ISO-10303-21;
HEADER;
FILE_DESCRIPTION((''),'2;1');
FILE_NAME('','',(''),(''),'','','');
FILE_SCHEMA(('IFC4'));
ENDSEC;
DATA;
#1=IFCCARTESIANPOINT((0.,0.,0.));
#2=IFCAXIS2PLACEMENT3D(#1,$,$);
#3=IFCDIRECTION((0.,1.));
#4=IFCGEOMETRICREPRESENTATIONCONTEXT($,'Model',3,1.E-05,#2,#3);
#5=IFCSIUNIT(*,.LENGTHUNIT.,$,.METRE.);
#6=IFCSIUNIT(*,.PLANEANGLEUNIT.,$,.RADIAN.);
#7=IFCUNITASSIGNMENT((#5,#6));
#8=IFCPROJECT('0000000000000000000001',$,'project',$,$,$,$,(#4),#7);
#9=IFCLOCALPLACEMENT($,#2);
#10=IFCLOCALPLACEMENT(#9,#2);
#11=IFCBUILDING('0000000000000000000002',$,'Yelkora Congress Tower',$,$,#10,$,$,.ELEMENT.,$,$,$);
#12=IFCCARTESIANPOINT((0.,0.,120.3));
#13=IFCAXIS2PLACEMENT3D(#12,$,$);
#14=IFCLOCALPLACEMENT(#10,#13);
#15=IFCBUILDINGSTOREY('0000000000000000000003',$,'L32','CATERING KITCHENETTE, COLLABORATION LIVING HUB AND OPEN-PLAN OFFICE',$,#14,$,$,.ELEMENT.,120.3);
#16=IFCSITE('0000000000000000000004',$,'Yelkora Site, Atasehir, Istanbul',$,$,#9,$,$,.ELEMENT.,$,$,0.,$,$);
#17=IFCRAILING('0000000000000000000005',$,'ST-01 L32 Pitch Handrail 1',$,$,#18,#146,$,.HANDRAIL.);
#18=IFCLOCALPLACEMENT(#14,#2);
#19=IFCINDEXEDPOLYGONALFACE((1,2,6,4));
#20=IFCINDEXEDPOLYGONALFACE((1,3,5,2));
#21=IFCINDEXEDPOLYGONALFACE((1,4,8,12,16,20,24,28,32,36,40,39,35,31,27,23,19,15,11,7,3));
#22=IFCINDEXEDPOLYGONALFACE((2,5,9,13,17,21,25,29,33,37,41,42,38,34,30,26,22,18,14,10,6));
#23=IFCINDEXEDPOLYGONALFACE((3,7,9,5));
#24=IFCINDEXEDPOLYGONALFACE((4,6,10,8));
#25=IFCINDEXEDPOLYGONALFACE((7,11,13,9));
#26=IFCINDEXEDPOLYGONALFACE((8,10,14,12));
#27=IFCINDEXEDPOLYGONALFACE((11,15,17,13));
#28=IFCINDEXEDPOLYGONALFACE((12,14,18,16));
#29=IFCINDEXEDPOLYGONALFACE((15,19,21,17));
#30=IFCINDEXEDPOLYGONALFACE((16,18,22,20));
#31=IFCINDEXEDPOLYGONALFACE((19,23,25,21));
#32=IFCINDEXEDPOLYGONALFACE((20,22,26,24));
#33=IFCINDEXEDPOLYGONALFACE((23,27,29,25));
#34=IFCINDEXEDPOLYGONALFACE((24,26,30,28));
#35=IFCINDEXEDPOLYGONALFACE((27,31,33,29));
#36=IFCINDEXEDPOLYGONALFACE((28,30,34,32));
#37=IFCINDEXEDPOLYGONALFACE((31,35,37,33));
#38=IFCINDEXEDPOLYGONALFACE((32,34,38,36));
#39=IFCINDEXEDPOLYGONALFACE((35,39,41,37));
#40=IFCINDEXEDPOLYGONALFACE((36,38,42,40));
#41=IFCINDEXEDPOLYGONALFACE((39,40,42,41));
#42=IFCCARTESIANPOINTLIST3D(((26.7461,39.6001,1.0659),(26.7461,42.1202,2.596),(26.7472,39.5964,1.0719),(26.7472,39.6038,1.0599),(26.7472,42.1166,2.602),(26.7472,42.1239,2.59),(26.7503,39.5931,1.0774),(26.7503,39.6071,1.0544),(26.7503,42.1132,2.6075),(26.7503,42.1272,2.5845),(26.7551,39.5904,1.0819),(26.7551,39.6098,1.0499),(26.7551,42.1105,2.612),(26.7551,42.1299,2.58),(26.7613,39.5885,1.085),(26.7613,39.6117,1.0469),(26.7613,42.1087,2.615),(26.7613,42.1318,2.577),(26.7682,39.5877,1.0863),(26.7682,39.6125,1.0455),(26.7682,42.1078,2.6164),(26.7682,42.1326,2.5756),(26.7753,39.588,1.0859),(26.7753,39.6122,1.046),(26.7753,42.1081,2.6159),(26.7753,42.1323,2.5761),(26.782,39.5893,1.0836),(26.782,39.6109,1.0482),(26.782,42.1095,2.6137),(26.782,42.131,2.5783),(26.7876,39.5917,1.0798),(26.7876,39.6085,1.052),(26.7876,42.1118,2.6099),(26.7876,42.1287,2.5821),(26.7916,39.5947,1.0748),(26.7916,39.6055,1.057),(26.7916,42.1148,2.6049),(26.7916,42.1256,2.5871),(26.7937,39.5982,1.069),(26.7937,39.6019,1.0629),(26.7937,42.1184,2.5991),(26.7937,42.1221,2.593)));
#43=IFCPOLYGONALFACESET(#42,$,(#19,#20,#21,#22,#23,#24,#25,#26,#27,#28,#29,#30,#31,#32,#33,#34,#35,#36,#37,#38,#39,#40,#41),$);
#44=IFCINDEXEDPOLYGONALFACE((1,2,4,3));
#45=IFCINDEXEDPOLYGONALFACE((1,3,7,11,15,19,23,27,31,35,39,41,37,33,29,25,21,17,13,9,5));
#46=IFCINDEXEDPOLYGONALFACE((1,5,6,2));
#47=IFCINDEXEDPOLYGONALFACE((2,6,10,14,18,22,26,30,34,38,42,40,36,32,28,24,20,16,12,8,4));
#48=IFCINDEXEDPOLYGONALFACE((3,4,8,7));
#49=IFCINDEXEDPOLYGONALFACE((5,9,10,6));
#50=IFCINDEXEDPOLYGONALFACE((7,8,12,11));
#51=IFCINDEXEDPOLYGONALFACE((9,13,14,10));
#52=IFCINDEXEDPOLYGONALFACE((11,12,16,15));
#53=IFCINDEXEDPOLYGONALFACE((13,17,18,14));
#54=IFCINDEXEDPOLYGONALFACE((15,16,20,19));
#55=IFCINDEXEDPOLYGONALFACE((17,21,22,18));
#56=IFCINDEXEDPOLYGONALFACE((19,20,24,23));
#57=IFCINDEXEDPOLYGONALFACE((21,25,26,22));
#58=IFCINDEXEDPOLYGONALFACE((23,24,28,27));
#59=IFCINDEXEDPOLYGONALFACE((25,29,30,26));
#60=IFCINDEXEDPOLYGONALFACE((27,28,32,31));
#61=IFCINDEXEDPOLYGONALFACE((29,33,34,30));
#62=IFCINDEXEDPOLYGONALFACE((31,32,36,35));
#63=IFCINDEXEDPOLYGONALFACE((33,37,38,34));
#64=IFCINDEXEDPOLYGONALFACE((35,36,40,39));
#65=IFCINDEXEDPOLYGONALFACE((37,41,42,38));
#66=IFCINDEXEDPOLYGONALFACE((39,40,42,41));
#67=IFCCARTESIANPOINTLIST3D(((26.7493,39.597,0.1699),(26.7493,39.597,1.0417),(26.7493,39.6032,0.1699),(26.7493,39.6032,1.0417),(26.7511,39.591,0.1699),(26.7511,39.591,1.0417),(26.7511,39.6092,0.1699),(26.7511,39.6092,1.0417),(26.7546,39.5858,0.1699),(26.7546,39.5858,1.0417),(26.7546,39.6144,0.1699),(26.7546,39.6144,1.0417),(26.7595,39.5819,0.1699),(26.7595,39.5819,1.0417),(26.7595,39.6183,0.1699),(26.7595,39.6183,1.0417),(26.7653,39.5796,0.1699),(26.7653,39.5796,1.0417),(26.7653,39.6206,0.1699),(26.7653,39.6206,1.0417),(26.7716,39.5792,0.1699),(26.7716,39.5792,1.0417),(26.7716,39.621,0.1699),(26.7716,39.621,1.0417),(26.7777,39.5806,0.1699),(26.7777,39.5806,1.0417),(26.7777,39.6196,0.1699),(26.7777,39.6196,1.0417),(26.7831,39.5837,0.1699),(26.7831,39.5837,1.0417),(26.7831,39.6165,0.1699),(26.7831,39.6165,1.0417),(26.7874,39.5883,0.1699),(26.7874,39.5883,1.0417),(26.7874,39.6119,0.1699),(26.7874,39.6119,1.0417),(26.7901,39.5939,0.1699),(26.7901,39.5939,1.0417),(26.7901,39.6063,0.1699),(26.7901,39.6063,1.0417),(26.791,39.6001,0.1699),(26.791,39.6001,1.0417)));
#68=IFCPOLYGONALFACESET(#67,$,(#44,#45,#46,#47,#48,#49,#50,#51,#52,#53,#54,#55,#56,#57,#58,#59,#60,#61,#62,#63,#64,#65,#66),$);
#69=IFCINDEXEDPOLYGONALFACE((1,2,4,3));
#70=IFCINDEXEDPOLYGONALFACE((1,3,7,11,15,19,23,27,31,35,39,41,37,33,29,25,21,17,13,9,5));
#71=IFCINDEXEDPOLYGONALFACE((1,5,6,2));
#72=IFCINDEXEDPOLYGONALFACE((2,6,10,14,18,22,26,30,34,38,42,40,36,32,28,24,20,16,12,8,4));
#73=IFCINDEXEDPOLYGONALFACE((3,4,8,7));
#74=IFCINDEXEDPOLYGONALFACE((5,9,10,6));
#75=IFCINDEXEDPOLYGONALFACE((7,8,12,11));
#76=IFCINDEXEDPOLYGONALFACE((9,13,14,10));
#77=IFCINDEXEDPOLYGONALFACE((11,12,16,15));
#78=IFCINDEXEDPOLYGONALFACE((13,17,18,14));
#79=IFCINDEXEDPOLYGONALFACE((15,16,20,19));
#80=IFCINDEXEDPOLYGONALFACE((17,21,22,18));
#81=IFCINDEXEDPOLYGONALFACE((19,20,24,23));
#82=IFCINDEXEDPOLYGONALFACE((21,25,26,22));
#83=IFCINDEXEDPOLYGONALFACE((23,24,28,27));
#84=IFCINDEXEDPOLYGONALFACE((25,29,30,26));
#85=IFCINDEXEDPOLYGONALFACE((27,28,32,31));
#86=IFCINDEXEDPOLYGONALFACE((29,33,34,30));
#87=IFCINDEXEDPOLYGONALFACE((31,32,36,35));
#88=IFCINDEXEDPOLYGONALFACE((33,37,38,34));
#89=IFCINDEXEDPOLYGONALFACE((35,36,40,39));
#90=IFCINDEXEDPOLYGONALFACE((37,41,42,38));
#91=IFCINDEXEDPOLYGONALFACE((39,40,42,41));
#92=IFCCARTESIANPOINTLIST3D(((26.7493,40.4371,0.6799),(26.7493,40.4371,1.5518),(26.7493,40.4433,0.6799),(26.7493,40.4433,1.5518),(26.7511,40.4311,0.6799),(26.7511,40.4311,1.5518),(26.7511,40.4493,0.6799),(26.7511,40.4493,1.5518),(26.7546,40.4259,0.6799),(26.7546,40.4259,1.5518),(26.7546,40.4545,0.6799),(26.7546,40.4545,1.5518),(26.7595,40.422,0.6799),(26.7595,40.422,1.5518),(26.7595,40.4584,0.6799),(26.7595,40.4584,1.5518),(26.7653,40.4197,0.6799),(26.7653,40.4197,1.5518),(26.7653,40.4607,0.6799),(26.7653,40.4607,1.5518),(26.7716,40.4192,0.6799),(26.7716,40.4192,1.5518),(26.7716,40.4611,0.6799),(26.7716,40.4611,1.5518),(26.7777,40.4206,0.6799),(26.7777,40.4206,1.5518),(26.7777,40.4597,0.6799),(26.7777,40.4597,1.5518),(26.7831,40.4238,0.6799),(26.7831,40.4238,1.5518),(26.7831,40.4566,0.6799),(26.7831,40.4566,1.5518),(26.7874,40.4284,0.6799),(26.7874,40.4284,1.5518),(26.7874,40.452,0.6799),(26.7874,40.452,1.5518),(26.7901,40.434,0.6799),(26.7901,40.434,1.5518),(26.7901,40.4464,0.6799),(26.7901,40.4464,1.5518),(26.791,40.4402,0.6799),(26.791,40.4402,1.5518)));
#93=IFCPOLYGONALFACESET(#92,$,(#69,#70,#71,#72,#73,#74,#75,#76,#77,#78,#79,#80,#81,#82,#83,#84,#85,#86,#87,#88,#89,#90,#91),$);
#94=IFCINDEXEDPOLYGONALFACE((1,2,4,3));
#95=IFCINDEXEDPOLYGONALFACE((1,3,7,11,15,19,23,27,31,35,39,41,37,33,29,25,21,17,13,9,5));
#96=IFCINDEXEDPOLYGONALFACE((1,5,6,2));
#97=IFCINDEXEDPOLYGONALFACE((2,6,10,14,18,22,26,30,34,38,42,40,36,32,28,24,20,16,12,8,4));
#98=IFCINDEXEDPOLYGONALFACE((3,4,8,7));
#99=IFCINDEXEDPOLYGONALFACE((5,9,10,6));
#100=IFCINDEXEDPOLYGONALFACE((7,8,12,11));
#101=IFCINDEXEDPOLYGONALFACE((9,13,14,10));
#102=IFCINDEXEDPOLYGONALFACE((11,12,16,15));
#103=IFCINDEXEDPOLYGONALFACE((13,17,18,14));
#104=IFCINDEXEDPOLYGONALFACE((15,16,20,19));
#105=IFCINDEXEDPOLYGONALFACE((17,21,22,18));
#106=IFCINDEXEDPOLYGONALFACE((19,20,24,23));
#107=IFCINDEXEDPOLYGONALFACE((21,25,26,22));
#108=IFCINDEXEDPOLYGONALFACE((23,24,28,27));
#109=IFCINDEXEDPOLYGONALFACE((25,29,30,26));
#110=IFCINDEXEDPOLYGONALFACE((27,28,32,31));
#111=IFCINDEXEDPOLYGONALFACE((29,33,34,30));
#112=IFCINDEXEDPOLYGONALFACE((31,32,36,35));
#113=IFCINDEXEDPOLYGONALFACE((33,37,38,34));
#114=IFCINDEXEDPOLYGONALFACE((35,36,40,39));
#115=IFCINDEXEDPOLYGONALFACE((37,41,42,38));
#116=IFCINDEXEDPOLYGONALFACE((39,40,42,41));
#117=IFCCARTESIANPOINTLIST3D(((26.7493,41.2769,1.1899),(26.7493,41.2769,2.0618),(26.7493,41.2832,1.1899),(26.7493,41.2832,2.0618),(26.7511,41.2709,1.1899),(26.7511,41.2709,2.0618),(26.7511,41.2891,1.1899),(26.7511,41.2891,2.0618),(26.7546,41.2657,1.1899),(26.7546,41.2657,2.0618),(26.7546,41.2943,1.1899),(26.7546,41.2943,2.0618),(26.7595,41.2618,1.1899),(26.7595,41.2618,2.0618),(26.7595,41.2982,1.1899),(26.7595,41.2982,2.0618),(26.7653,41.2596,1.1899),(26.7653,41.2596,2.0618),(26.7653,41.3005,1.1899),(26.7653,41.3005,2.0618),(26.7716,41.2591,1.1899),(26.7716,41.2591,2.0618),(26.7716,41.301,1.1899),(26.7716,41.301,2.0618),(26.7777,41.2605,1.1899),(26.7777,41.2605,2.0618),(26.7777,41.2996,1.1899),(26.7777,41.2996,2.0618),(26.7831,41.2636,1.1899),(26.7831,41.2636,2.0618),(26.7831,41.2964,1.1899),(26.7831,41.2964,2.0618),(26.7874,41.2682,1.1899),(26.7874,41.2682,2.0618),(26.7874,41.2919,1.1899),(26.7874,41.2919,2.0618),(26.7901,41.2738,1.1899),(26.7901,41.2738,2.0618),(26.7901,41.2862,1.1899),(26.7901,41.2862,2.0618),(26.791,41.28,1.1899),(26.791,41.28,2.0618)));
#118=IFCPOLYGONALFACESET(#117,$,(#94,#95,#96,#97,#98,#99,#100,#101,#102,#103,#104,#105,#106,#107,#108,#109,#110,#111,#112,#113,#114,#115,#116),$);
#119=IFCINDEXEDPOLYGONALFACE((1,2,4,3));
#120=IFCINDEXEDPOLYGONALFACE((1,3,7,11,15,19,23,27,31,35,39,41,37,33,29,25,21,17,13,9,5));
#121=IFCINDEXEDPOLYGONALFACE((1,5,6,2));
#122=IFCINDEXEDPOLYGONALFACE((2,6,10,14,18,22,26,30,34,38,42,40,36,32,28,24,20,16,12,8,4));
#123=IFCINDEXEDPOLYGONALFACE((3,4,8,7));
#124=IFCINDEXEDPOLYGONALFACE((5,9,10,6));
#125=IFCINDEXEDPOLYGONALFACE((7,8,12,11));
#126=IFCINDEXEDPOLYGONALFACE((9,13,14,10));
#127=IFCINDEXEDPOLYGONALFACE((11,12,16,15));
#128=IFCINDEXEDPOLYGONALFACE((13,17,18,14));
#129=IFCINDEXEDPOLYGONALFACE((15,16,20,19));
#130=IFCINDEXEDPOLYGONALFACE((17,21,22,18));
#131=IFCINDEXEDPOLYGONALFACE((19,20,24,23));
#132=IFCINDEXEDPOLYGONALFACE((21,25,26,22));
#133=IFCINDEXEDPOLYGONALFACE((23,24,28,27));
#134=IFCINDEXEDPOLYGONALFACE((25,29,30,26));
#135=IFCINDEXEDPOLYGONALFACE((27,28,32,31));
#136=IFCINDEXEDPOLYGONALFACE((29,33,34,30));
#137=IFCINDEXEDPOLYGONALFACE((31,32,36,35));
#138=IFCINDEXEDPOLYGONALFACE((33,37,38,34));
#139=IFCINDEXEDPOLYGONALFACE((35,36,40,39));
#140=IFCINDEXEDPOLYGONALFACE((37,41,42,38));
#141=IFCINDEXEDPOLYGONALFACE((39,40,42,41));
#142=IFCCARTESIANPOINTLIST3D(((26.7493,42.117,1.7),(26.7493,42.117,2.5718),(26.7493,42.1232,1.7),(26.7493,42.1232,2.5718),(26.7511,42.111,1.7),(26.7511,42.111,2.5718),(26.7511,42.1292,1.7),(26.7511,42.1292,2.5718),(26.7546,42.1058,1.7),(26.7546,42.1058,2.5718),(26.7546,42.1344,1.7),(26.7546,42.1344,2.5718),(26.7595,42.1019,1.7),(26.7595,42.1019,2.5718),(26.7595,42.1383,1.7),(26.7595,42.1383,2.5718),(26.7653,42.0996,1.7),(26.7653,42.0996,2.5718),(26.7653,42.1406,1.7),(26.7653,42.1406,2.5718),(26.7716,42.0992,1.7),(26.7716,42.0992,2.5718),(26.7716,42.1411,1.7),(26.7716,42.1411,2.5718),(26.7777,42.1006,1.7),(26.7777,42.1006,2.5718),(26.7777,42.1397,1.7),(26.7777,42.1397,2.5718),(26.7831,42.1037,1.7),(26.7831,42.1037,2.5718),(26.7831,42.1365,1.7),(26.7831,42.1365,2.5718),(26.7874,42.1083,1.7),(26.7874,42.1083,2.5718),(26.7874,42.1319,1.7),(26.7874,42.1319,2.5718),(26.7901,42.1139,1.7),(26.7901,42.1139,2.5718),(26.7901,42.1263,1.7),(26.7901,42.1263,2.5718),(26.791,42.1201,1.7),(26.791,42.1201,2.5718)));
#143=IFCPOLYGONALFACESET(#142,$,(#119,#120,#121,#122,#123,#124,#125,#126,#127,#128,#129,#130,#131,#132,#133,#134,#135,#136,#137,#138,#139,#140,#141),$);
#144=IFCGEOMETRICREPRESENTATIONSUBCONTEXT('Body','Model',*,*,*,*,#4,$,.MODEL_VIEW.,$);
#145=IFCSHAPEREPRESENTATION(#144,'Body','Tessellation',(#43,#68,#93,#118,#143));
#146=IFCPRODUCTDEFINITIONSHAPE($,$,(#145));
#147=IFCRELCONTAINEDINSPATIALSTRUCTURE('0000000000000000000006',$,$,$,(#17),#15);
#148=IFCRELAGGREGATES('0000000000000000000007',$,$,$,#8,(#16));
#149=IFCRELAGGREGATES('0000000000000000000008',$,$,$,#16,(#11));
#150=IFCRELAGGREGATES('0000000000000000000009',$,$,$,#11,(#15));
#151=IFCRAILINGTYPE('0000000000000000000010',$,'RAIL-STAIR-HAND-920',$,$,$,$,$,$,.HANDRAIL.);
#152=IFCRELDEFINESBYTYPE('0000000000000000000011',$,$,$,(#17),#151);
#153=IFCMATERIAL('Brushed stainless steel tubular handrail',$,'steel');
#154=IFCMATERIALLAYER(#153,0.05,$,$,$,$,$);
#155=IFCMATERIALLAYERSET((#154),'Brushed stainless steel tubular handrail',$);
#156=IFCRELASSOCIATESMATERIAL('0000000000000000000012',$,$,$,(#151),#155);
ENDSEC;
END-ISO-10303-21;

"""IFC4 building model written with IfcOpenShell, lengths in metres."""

from ifc_helpers import new_model, si_unit, direction, frame, origin, origin_2d, place, context, subcontext, project, spatial, circle, extrude, material, layer, layer_set, type_object, element, save


model = new_model("IFC4")

# Units and contexts
model_context = context("Model", 3, precision=1e-05, world=origin(), true_north=direction((0.0, 1.0)))
body_context = subcontext(model_context, "Body", "Model", "MODEL_VIEW")
ifc_project = project(units=[si_unit("LENGTHUNIT", "METRE"), si_unit("PLANEANGLEUNIT", "RADIAN")], contexts=[model_context])

# Site, building, storey
site_placement = place(None, origin())
site = spatial("IfcSite", under=ifc_project, at=site_placement, Name="Yelkora Site, Atasehir, Istanbul", CompositionType="ELEMENT", RefElevation=0.0)
building_placement = place(site_placement, origin())
building = spatial("IfcBuilding", under=site, at=building_placement, Name="Yelkora Congress Tower", CompositionType="ELEMENT")
storey_placement = place(building_placement, frame((0.0, 0.0, 120.3)))
storey = spatial("IfcBuildingStorey", under=building, at=storey_placement, Name="L32", Description="CATERING KITCHENETTE, COLLABORATION LIVING HUB AND OPEN-PLAN OFFICE", CompositionType="ELEMENT", Elevation=120.3)

# Railing
ifc_material_1 = material(Name="Brushed stainless steel tubular handrail", Category="steel")
ifc_layer_1 = layer(ifc_material_1, 0.05)
ifc_layer_set_1 = layer_set([ifc_layer_1], Name="Brushed stainless steel tubular handrail")
railing_type_1 = type_object("IfcRailingType", Name="RAIL-STAIR-HAND-920", PredefinedType="HANDRAIL", material=ifc_layer_set_1)
railing_1_placement = place(storey_placement, frame((26.77, 39.6001, 0.1699)))
element("IfcRailing", 1, at=railing_1_placement, inside=storey, type_object=railing_type_1, Name="ST-01 L32 Pitch Handrail 1", PredefinedType="HANDRAIL", context=body_context, shape_type="SweptSolid", body=[
    extrude(circle(Radius=0.0239, at=origin_2d()), frame((0.0, 0.0, 0.896), z_axis=(0.0, 0.854785, 0.518982), x_axis=(-1.0, 0.0, 0.0)), (0.0, 0.0, 1.0), 2.9482),
    extrude(circle(Radius=0.021, at=origin_2d()), origin(), (0.0, 0.0, 1.0), 0.8718),
    extrude(circle(Radius=0.021, at=origin_2d()), frame((0.0, 0.8401, 0.51)), (0.0, 0.0, 1.0), 0.8718),
    extrude(circle(Radius=0.021, at=origin_2d()), frame((0.0, 1.6799, 1.02)), (0.0, 0.0, 1.0), 0.8718),
    extrude(circle(Radius=0.021, at=origin_2d()), frame((0.0, 2.52, 1.53)), (0.0, 0.0, 1.0), 0.8718),
])

save(model, "model.ifc")
